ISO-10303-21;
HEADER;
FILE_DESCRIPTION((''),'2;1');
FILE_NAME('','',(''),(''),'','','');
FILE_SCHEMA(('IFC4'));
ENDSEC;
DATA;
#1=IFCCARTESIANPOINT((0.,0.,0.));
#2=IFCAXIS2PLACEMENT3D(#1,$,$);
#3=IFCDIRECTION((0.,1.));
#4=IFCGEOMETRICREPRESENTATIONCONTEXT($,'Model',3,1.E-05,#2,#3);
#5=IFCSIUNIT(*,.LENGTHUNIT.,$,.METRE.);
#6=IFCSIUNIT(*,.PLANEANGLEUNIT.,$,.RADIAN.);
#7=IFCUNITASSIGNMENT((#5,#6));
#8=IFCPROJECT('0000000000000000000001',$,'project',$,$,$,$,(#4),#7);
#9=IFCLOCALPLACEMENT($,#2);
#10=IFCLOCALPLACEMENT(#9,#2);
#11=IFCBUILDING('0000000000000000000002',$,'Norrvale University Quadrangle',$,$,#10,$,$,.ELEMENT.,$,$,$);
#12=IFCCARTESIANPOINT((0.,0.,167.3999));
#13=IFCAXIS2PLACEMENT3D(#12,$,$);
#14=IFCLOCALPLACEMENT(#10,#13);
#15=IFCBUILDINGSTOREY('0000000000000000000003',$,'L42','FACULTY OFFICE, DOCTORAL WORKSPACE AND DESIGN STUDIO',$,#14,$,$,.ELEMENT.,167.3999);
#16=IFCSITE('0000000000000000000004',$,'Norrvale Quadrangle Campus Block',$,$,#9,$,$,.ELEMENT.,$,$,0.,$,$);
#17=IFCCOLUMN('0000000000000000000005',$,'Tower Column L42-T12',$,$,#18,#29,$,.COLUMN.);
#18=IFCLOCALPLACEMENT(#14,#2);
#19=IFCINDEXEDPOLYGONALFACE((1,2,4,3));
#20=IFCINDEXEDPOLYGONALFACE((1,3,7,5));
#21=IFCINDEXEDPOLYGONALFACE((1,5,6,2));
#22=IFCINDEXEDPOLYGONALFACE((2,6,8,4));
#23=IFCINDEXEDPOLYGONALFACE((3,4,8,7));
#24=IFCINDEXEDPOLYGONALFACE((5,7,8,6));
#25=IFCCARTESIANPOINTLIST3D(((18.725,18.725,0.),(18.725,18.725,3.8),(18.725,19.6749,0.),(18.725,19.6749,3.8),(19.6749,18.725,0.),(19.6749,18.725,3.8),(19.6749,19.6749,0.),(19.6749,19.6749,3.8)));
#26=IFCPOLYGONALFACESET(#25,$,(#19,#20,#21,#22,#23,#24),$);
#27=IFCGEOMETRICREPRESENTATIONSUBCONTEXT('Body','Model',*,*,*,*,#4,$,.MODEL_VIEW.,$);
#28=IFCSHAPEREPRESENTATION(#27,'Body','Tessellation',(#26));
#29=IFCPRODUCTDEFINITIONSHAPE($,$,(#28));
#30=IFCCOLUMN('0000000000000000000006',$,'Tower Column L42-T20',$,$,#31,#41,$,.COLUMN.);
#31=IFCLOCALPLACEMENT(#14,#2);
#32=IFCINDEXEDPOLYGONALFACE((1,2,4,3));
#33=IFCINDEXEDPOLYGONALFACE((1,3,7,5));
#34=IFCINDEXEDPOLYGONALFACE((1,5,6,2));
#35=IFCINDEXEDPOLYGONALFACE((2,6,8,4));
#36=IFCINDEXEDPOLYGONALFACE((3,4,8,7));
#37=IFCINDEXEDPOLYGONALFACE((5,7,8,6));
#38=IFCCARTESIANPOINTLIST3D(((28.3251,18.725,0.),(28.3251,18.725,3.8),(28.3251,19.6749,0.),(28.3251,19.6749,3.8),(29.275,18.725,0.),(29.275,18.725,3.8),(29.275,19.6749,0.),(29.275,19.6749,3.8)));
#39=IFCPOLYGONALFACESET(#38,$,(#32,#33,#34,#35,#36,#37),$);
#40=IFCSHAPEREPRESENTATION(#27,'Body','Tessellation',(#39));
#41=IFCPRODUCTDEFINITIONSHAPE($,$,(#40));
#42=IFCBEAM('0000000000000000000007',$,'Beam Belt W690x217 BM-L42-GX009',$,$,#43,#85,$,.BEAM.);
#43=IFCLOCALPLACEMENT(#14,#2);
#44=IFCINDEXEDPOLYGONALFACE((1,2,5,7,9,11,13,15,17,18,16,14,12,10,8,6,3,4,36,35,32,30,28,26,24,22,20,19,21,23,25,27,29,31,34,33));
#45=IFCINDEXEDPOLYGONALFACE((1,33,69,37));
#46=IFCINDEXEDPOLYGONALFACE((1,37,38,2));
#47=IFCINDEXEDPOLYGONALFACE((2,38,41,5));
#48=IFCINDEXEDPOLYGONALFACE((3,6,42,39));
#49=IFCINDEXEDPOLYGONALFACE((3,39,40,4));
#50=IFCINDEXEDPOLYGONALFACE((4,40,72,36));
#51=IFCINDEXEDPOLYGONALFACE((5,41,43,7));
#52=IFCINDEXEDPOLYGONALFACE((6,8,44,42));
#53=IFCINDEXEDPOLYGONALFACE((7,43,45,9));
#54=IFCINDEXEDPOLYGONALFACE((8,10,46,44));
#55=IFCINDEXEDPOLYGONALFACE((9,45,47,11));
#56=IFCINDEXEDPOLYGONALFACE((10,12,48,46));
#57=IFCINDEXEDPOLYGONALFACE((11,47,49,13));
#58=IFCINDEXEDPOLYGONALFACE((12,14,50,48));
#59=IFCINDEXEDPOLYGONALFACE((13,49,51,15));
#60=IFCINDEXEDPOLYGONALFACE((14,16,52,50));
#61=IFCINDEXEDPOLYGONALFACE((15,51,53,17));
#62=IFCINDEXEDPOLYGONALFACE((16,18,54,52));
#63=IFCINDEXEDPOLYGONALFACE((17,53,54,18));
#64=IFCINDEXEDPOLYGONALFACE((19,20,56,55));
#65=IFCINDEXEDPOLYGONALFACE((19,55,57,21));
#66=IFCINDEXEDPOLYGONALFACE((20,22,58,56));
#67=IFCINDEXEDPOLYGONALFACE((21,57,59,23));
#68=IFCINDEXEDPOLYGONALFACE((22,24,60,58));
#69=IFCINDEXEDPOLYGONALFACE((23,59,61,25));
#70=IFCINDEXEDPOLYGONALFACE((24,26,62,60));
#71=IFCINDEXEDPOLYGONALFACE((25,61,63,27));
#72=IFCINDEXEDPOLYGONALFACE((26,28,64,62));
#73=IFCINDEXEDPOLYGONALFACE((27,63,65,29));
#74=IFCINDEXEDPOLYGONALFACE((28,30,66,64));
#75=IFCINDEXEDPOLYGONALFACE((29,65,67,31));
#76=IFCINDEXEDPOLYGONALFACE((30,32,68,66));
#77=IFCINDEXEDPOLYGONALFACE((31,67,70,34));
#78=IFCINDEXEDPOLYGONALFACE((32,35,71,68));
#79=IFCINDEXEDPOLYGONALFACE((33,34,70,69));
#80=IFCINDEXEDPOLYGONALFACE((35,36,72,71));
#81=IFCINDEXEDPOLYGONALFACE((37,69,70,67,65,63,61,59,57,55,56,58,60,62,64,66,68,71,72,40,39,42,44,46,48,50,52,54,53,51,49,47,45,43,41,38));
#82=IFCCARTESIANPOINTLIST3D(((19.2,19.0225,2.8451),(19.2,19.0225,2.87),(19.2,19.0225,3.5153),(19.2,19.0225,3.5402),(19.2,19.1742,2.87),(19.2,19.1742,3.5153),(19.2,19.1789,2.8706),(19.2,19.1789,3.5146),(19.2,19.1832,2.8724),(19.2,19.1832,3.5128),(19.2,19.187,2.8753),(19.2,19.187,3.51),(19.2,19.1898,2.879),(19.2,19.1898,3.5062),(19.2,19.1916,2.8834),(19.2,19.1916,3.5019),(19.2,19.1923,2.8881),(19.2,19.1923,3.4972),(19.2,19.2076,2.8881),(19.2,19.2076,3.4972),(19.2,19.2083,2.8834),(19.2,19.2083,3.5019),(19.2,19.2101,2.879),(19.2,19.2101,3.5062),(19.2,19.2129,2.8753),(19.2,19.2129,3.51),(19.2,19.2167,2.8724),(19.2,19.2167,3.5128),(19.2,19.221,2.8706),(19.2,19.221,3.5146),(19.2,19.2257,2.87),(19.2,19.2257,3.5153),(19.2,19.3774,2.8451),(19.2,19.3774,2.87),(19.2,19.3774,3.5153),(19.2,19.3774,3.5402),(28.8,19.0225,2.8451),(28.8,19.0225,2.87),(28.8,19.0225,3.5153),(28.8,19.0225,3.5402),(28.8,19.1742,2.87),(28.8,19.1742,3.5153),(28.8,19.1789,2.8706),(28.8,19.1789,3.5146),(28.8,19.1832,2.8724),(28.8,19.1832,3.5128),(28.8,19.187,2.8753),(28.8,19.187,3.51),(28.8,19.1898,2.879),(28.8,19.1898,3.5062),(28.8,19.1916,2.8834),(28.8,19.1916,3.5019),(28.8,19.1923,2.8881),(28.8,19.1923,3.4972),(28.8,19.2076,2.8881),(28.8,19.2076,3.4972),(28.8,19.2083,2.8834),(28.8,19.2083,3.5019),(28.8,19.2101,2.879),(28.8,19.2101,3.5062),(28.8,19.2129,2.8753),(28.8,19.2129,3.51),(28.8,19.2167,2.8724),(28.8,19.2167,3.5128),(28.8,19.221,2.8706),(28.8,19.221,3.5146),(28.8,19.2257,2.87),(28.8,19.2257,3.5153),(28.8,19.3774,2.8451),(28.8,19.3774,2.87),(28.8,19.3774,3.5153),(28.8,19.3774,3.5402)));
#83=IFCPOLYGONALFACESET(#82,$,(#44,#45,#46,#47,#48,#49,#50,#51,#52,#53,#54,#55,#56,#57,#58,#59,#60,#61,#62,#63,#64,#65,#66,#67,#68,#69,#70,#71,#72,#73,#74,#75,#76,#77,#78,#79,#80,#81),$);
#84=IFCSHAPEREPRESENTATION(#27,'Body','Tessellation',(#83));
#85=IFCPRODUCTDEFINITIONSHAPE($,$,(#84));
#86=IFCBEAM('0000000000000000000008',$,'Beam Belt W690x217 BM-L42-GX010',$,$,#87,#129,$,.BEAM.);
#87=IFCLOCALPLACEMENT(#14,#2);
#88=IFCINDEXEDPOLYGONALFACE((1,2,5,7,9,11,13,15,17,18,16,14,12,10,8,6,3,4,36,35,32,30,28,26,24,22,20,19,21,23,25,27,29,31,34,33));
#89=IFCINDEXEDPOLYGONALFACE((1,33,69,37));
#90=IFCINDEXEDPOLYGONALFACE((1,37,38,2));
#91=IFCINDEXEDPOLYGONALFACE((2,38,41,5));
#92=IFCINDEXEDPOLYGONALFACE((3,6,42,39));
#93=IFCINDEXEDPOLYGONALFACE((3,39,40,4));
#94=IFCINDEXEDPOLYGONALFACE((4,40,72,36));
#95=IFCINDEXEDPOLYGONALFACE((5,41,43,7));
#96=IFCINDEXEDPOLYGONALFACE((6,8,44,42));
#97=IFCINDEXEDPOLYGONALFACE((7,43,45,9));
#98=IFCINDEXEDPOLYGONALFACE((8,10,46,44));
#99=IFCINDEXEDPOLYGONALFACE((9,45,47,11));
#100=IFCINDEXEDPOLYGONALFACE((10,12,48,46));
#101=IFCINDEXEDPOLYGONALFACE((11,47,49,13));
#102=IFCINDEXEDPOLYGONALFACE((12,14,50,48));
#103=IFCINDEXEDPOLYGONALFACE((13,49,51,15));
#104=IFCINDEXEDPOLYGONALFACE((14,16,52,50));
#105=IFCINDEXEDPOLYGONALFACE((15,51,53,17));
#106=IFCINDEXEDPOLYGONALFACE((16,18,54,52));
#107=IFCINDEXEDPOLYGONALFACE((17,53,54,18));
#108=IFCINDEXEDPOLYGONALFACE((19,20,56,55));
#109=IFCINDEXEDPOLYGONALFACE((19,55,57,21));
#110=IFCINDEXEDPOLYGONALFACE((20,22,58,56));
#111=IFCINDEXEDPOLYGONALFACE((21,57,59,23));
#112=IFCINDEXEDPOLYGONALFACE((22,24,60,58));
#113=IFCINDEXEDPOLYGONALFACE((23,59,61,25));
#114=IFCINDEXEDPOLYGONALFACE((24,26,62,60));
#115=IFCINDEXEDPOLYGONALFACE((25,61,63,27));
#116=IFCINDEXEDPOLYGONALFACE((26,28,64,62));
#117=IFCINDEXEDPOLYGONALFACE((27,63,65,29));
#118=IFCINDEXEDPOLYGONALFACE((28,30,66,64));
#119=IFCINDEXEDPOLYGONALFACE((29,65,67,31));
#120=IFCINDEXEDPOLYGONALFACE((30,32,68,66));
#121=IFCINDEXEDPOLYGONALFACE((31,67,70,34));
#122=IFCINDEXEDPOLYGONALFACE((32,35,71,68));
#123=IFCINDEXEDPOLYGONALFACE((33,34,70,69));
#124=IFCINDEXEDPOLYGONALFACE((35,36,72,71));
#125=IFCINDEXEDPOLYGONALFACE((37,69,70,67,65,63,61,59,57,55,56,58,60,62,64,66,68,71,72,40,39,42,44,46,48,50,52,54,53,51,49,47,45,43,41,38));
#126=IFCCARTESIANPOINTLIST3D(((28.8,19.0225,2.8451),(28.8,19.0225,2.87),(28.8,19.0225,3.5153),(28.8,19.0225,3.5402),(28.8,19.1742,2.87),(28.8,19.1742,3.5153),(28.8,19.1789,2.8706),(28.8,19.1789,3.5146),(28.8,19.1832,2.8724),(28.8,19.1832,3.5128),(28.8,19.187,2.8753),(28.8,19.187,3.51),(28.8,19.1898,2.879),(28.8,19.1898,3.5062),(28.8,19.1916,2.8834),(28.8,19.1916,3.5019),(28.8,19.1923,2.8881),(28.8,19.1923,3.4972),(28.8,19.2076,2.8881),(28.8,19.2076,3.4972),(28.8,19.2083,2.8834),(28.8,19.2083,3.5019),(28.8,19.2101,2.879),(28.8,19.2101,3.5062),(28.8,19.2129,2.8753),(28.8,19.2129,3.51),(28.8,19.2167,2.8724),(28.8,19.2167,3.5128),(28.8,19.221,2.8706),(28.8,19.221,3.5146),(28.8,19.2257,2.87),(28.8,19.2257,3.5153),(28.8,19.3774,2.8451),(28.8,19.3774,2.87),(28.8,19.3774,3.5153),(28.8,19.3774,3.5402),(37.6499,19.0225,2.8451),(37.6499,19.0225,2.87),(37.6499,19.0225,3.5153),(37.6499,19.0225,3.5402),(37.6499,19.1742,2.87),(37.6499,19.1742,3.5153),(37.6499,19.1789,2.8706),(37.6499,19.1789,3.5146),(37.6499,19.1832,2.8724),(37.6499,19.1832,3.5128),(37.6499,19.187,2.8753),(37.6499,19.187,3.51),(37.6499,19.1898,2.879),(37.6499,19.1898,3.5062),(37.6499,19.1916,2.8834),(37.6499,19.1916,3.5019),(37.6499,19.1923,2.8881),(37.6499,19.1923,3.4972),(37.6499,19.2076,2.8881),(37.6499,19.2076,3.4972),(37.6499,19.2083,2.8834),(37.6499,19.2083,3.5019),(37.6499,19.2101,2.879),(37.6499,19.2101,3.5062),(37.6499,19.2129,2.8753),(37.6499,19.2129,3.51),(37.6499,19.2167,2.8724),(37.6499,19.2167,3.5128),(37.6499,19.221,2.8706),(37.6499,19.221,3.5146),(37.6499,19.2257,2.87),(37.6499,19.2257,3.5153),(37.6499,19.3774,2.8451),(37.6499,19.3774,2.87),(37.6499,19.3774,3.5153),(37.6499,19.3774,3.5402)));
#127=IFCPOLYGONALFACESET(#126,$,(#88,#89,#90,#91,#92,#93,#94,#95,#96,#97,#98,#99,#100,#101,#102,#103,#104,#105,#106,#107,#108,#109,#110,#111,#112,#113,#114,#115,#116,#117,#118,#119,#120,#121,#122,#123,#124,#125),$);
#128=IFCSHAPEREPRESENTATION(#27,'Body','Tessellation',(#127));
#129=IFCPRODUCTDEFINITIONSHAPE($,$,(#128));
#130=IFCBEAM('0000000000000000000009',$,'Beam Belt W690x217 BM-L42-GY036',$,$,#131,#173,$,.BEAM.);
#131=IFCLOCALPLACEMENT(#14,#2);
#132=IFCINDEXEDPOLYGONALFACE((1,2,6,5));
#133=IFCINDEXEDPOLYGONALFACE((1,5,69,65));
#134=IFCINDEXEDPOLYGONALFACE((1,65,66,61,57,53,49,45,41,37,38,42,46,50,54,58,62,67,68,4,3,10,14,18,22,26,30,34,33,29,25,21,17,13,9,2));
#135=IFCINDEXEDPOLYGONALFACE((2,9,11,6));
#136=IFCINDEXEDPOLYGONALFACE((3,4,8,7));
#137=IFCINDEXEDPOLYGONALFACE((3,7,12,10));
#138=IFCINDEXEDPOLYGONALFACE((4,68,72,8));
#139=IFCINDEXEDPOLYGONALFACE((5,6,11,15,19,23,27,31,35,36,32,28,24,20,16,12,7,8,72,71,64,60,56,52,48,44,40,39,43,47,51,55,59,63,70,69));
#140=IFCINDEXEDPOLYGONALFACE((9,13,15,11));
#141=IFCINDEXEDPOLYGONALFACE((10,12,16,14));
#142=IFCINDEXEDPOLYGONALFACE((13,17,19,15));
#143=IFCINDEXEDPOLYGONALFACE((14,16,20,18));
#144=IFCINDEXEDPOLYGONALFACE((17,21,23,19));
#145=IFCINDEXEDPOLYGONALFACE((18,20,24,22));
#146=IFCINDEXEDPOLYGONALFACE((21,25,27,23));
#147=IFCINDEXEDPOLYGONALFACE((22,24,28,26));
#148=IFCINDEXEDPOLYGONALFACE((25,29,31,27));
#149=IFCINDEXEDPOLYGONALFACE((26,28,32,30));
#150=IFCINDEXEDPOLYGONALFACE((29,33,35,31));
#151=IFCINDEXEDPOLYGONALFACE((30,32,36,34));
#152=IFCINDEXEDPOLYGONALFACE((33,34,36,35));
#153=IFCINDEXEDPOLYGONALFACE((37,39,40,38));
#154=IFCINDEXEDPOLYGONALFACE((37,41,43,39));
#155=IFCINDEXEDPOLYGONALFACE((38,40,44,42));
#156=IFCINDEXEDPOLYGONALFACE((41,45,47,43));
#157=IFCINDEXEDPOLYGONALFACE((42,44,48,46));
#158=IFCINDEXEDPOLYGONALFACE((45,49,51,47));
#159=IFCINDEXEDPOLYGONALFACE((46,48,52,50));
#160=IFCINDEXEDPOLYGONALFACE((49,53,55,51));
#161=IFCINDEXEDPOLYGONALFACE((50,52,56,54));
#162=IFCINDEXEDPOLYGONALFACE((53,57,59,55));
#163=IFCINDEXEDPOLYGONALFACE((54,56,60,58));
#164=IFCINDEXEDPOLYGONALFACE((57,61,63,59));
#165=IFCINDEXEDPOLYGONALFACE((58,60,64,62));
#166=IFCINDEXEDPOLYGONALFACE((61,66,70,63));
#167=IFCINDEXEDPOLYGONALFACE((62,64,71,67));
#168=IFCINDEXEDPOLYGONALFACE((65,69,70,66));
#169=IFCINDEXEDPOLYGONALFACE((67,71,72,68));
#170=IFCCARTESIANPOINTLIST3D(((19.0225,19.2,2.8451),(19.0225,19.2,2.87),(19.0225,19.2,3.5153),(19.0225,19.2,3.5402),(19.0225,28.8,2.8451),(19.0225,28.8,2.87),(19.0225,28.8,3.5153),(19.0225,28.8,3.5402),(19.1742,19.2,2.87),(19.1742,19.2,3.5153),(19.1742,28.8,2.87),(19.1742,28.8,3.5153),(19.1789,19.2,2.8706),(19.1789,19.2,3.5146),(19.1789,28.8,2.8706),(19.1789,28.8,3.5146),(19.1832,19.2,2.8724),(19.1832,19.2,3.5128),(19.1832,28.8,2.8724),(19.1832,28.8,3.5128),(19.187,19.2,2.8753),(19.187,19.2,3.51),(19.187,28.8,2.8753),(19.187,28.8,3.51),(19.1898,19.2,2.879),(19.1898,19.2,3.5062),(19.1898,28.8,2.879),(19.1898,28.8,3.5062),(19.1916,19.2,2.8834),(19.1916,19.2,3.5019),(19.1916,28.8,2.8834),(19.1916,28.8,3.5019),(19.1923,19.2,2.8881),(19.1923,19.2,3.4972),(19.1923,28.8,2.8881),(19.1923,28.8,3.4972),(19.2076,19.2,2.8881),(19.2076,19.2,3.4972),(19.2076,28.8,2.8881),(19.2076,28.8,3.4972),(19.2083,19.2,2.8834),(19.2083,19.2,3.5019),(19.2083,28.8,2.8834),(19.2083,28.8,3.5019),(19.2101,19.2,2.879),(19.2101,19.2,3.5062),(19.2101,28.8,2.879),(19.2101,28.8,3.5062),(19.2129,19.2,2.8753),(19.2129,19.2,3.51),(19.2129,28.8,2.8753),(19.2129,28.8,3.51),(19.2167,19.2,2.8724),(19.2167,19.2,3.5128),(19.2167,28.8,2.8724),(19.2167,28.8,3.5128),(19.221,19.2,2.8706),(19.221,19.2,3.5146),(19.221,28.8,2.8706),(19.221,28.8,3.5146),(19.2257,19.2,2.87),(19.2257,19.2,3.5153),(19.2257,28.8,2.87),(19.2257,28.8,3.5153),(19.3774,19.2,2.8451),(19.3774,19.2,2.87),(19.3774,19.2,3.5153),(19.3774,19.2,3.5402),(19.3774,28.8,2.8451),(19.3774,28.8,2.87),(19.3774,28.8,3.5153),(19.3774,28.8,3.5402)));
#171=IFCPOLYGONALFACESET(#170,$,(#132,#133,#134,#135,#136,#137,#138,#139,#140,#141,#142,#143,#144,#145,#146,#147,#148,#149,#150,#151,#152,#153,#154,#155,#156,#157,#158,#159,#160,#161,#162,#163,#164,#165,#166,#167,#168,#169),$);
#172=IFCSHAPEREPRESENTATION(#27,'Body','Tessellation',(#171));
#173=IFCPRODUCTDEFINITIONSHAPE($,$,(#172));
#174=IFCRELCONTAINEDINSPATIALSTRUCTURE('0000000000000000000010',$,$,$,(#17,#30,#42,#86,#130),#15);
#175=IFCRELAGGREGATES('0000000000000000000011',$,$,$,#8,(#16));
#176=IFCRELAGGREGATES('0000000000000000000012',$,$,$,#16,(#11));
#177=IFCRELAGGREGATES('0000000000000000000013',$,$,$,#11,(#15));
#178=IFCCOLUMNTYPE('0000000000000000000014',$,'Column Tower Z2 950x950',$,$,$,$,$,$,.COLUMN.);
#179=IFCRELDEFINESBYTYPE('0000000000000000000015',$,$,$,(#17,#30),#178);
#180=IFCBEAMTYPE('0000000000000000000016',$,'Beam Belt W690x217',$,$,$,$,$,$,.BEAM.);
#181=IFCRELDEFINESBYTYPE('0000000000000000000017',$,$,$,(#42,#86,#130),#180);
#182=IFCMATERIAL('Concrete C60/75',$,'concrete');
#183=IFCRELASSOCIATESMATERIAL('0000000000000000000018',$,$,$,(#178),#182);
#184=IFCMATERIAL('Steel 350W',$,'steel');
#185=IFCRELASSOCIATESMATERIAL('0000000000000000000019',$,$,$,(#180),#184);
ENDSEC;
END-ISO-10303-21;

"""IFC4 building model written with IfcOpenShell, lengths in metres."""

from ifc_helpers import new_model, si_unit, direction, frame, origin, origin_2d, place, context, subcontext, project, spatial, rectangle, i_section, extrude, material, material_profile, profile_set, type_object, element, save


model = new_model("IFC4")

# Units and contexts
model_context = context("Model", 3, precision=1e-05, world=origin(), true_north=direction((0.0, 1.0)))
body_context = subcontext(model_context, "Body", "Model", "MODEL_VIEW")
ifc_project = project(units=[si_unit("LENGTHUNIT", "METRE"), si_unit("PLANEANGLEUNIT", "RADIAN")], contexts=[model_context])

# Site, building, storey
site_placement = place(None, origin())
site = spatial("IfcSite", under=ifc_project, at=site_placement, Name="Norrvale Quadrangle Campus Block", CompositionType="ELEMENT", RefElevation=0.0)
building_placement = place(site_placement, origin())
building = spatial("IfcBuilding", under=site, at=building_placement, Name="Norrvale University Quadrangle", CompositionType="ELEMENT")
storey_placement = place(building_placement, frame((0.0, 0.0, 167.3999)))
storey = spatial("IfcBuildingStorey", under=building, at=storey_placement, Name="L42", Description="FACULTY OFFICE, DOCTORAL WORKSPACE AND DESIGN STUDIO", CompositionType="ELEMENT", Elevation=167.3999)

# Columns
ifc_material_1 = material(Name="Concrete C60/75", Category="concrete")
ifc_material_profile_1 = material_profile(ifc_material_1, rectangle(XDim=0.95, YDim=0.95, at=origin_2d()), Name="Concrete C60/75")
ifc_profile_set_1 = profile_set([ifc_material_profile_1], Name="Concrete C60/75")
column_type = type_object("IfcColumnType", Name="Column Tower Z2 950x950", PredefinedType="COLUMN", material=ifc_profile_set_1)
for number, where, z_axis, x_axis, name in (
    (1, (19.2, 19.2, 0.0), (0.0, 0.0, 1.0), (1.0, 0.0, 0.0), "Tower Column L42-T12"),
    (2, (28.8, 19.2, 0.0), (0.0, 0.0, 1.0), (1.0, 0.0, 0.0), "Tower Column L42-T20"),
):
    element("IfcColumn", number, at=place(storey_placement, frame(where, z_axis=z_axis, x_axis=x_axis)), inside=storey, type_object=column_type, Name=name, PredefinedType="COLUMN", context=body_context, shape_type="SweptSolid", body=[
        extrude(rectangle(XDim=0.95, YDim=0.95, at=origin_2d()), origin(), (0.0, 0.0, 1.0), 3.8),
    ])

# Beams
ifc_material_2 = material(Name="Steel 350W", Category="steel")
ifc_material_profile_2 = material_profile(ifc_material_2, i_section(OverallWidth=0.355, OverallDepth=0.6951, WebThickness=0.0154, FlangeThickness=0.0249, FilletRadius=0.0181, at=origin_2d()), Name="Steel 350W")
ifc_profile_set_2 = profile_set([ifc_material_profile_2], Name="Steel 350W")
beam_type_1 = type_object("IfcBeamType", Name="Beam Belt W690x217", PredefinedType="BEAM", material=ifc_profile_set_2)
beam_1_placement = place(storey_placement, frame((19.2, 19.2, 3.1926), z_axis=(1.0, 0.0, 0.0), x_axis=(0.0, 1.0, 0.0)))
element("IfcBeam", 3, at=beam_1_placement, inside=storey, type_object=beam_type_1, Name="Beam Belt W690x217 BM-L42-GX009", PredefinedType="BEAM", context=body_context, shape_type="SweptSolid", body=[
    extrude(i_section(OverallWidth=0.355, OverallDepth=0.6951, WebThickness=0.0154, FlangeThickness=0.0249, FilletRadius=0.0181, at=origin_2d()), origin(), (0.0, 0.0, 1.0), 9.6001),
])
beam_2_placement = place(storey_placement, frame((28.8, 19.2, 3.1926), z_axis=(1.0, 0.0, 0.0), x_axis=(0.0, 1.0, 0.0)))
element("IfcBeam", 4, at=beam_2_placement, inside=storey, type_object=beam_type_1, Name="Beam Belt W690x217 BM-L42-GX010", PredefinedType="BEAM", context=body_context, shape_type="SweptSolid", body=[
    extrude(i_section(OverallWidth=0.355, OverallDepth=0.6951, WebThickness=0.0154, FlangeThickness=0.0249, FilletRadius=0.0181, at=origin_2d()), origin(), (0.0, 0.0, 1.0), 8.8499),
])
for number, where, z_axis, x_axis, name in (
    (5, (19.2, 19.2, 3.1926), (0.0, 1.0, 0.0), (-1.0, 0.0, 0.0), "Beam Belt W690x217 BM-L42-GY036"),
):
    element("IfcBeam", number, at=place(storey_placement, frame(where, z_axis=z_axis, x_axis=x_axis)), inside=storey, type_object=beam_type_1, Name=name, PredefinedType="BEAM", context=body_context, shape_type="SweptSolid", body=[
        extrude(i_section(OverallWidth=0.355, OverallDepth=0.6951, WebThickness=0.0154, FlangeThickness=0.0249, FilletRadius=0.0181, at=origin_2d()), origin(), (0.0, 0.0, 1.0), 9.6001),
    ])

save(model, "model.ifc")
